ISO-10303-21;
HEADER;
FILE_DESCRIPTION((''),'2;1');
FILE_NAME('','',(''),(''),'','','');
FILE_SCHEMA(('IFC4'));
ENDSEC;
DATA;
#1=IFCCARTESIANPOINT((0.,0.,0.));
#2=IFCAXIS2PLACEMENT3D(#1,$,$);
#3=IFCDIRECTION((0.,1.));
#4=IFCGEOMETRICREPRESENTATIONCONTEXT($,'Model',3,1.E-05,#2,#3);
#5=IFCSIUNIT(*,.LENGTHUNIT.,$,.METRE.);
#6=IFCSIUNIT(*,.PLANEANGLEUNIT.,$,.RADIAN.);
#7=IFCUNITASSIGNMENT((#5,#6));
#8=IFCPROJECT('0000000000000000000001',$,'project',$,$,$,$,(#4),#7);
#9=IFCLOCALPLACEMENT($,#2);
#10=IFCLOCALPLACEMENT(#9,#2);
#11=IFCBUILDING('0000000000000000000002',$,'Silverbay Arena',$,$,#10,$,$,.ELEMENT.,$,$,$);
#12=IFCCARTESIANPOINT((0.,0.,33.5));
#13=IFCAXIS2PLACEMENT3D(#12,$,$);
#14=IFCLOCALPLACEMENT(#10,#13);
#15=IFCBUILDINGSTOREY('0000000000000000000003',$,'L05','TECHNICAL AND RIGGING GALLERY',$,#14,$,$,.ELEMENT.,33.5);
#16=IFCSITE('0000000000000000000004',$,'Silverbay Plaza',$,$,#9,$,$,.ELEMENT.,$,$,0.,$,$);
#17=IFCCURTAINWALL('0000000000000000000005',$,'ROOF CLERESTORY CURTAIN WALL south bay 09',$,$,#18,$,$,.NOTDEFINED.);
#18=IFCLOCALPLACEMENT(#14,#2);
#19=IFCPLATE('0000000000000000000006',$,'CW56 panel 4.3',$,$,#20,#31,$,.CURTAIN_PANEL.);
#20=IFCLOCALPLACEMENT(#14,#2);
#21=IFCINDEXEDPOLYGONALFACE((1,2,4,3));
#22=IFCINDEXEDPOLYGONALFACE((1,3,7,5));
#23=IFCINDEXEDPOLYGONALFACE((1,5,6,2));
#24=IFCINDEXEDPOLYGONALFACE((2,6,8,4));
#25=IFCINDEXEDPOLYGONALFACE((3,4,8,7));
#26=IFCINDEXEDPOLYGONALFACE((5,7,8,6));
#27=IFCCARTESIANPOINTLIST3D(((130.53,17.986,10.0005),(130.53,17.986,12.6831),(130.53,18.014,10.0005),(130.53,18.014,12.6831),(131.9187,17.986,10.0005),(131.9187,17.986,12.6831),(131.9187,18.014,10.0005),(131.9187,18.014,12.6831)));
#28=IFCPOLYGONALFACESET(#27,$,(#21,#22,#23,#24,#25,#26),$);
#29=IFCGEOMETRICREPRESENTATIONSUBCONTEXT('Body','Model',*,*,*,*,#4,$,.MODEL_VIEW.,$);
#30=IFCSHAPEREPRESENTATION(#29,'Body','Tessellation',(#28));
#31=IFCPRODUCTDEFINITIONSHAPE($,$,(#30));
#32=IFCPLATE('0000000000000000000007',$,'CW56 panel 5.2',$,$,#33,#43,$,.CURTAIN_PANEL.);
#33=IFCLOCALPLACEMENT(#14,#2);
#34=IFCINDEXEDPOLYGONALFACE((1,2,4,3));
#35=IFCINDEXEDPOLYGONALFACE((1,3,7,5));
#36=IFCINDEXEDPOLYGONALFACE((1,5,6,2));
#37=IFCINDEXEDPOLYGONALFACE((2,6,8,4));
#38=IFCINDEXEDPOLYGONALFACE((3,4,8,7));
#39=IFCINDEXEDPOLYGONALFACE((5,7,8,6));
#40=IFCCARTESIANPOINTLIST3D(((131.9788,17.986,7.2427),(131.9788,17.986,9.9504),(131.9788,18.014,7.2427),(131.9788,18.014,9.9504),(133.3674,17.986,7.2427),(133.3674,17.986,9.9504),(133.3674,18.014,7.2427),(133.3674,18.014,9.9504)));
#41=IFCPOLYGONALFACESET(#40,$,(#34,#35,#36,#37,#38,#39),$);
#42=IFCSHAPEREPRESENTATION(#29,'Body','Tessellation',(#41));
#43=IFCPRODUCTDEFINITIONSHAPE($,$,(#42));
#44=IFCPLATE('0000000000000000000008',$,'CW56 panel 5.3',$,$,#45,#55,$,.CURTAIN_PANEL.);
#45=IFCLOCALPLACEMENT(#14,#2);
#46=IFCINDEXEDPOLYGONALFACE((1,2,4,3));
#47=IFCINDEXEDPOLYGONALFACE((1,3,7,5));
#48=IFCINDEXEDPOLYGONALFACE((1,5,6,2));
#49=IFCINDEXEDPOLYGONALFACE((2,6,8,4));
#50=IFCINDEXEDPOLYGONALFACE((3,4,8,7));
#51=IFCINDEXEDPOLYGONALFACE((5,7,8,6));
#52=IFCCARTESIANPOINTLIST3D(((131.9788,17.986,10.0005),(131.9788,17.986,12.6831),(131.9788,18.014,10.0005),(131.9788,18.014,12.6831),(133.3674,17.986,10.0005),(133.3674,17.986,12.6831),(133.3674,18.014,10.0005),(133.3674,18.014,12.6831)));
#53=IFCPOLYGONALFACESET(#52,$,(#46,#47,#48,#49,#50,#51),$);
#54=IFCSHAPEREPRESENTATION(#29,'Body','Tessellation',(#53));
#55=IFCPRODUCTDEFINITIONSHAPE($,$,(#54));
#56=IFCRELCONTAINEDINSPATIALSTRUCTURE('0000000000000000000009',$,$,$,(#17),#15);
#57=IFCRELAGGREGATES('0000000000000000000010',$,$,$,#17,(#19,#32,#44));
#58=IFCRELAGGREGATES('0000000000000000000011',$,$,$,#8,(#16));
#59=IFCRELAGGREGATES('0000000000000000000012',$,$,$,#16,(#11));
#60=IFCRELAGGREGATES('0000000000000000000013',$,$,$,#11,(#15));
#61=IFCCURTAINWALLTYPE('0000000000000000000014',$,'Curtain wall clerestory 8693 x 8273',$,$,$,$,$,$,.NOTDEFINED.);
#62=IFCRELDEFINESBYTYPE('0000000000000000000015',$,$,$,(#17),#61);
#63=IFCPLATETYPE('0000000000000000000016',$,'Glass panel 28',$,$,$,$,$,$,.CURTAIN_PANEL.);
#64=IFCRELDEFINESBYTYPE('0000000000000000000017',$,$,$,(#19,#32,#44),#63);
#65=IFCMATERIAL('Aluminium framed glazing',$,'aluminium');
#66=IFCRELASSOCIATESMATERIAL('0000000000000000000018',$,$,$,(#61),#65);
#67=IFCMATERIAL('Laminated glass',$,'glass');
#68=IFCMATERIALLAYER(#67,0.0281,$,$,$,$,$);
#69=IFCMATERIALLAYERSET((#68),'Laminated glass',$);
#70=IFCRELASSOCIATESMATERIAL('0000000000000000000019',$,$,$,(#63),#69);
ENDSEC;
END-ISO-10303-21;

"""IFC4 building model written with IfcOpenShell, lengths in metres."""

from ifc_helpers import new_model, si_unit, direction, frame, origin, origin_2d, place, context, subcontext, project, spatial, rectangle, extrude, material, layer, layer_set, type_object, element, aggregate, save


model = new_model("IFC4")

# Units and contexts
model_context = context("Model", 3, precision=1e-05, world=origin(), true_north=direction((0.0, 1.0)))
body_context = subcontext(model_context, "Body", "Model", "MODEL_VIEW")
ifc_project = project(units=[si_unit("LENGTHUNIT", "METRE"), si_unit("PLANEANGLEUNIT", "RADIAN")], contexts=[model_context])

# Site, building, storey
site_placement = place(None, origin())
site = spatial("IfcSite", under=ifc_project, at=site_placement, Name="Silverbay Plaza", CompositionType="ELEMENT", RefElevation=0.0)
building_placement = place(site_placement, origin())
building = spatial("IfcBuilding", under=site, at=building_placement, Name="Silverbay Arena", CompositionType="ELEMENT")
storey_placement = place(building_placement, frame((0.0, 0.0, 33.5)))
storey = spatial("IfcBuildingStorey", under=building, at=storey_placement, Name="L05", Description="TECHNICAL AND RIGGING GALLERY", CompositionType="ELEMENT", Elevation=33.5)

# Curtain wall, plates
ifc_material_1 = material(Name="Aluminium framed glazing", Category="aluminium")
curtain_wall_type = type_object("IfcCurtainWallType", Name="Curtain wall clerestory 8693 x 8273", PredefinedType="NOTDEFINED", material=ifc_material_1)
curtain_wall_placement = place(storey_placement, origin())
curtain_wall = element("IfcCurtainWall", 1, at=curtain_wall_placement, inside=storey, type_object=curtain_wall_type, Name="ROOF CLERESTORY CURTAIN WALL south bay 09", PredefinedType="NOTDEFINED")
ifc_material_2 = material(Name="Laminated glass", Category="glass")
ifc_layer = layer(ifc_material_2, 0.0281)
ifc_layer_set = layer_set([ifc_layer], Name="Laminated glass")
plate_type = type_object("IfcPlateType", Name="Glass panel 28", PredefinedType="CURTAIN_PANEL", material=ifc_layer_set)
plate_1_placement = place(storey_placement, frame((131.2244, 18.0, 10.0005), z_axis=(0.0, 0.0, 1.0), x_axis=(1.0, 0.0, 0.0)))
plate_1 = element("IfcPlate", 2, at=plate_1_placement, type_object=plate_type, Name="CW56 panel 4.3", PredefinedType="CURTAIN_PANEL", context=body_context, shape_type="SweptSolid", body=[
    extrude(rectangle(XDim=1.3887, YDim=0.0281, at=origin_2d()), origin(), (0.0, 0.0, 1.0), 2.6826),
])
plate_2_placement = place(storey_placement, frame((132.6731, 18.0, 7.2427), z_axis=(0.0, 0.0, 1.0), x_axis=(1.0, 0.0, 0.0)))
plate_2 = element("IfcPlate", 3, at=plate_2_placement, type_object=plate_type, Name="CW56 panel 5.2", PredefinedType="CURTAIN_PANEL", context=body_context, shape_type="SweptSolid", body=[
    extrude(rectangle(XDim=1.3887, YDim=0.0281, at=origin_2d()), origin(), (0.0, 0.0, 1.0), 2.7078),
])
plate_3_placement = place(storey_placement, frame((132.6731, 18.0, 10.0005), z_axis=(0.0, 0.0, 1.0), x_axis=(1.0, 0.0, 0.0)))
plate_3 = element("IfcPlate", 4, at=plate_3_placement, type_object=plate_type, Name="CW56 panel 5.3", PredefinedType="CURTAIN_PANEL", context=body_context, shape_type="SweptSolid", body=[
    extrude(rectangle(XDim=1.3887, YDim=0.0281, at=origin_2d()), origin(), (0.0, 0.0, 1.0), 2.6826),
])
aggregate(curtain_wall, [plate_1, plate_2, plate_3])

save(model, "model.ifc")
